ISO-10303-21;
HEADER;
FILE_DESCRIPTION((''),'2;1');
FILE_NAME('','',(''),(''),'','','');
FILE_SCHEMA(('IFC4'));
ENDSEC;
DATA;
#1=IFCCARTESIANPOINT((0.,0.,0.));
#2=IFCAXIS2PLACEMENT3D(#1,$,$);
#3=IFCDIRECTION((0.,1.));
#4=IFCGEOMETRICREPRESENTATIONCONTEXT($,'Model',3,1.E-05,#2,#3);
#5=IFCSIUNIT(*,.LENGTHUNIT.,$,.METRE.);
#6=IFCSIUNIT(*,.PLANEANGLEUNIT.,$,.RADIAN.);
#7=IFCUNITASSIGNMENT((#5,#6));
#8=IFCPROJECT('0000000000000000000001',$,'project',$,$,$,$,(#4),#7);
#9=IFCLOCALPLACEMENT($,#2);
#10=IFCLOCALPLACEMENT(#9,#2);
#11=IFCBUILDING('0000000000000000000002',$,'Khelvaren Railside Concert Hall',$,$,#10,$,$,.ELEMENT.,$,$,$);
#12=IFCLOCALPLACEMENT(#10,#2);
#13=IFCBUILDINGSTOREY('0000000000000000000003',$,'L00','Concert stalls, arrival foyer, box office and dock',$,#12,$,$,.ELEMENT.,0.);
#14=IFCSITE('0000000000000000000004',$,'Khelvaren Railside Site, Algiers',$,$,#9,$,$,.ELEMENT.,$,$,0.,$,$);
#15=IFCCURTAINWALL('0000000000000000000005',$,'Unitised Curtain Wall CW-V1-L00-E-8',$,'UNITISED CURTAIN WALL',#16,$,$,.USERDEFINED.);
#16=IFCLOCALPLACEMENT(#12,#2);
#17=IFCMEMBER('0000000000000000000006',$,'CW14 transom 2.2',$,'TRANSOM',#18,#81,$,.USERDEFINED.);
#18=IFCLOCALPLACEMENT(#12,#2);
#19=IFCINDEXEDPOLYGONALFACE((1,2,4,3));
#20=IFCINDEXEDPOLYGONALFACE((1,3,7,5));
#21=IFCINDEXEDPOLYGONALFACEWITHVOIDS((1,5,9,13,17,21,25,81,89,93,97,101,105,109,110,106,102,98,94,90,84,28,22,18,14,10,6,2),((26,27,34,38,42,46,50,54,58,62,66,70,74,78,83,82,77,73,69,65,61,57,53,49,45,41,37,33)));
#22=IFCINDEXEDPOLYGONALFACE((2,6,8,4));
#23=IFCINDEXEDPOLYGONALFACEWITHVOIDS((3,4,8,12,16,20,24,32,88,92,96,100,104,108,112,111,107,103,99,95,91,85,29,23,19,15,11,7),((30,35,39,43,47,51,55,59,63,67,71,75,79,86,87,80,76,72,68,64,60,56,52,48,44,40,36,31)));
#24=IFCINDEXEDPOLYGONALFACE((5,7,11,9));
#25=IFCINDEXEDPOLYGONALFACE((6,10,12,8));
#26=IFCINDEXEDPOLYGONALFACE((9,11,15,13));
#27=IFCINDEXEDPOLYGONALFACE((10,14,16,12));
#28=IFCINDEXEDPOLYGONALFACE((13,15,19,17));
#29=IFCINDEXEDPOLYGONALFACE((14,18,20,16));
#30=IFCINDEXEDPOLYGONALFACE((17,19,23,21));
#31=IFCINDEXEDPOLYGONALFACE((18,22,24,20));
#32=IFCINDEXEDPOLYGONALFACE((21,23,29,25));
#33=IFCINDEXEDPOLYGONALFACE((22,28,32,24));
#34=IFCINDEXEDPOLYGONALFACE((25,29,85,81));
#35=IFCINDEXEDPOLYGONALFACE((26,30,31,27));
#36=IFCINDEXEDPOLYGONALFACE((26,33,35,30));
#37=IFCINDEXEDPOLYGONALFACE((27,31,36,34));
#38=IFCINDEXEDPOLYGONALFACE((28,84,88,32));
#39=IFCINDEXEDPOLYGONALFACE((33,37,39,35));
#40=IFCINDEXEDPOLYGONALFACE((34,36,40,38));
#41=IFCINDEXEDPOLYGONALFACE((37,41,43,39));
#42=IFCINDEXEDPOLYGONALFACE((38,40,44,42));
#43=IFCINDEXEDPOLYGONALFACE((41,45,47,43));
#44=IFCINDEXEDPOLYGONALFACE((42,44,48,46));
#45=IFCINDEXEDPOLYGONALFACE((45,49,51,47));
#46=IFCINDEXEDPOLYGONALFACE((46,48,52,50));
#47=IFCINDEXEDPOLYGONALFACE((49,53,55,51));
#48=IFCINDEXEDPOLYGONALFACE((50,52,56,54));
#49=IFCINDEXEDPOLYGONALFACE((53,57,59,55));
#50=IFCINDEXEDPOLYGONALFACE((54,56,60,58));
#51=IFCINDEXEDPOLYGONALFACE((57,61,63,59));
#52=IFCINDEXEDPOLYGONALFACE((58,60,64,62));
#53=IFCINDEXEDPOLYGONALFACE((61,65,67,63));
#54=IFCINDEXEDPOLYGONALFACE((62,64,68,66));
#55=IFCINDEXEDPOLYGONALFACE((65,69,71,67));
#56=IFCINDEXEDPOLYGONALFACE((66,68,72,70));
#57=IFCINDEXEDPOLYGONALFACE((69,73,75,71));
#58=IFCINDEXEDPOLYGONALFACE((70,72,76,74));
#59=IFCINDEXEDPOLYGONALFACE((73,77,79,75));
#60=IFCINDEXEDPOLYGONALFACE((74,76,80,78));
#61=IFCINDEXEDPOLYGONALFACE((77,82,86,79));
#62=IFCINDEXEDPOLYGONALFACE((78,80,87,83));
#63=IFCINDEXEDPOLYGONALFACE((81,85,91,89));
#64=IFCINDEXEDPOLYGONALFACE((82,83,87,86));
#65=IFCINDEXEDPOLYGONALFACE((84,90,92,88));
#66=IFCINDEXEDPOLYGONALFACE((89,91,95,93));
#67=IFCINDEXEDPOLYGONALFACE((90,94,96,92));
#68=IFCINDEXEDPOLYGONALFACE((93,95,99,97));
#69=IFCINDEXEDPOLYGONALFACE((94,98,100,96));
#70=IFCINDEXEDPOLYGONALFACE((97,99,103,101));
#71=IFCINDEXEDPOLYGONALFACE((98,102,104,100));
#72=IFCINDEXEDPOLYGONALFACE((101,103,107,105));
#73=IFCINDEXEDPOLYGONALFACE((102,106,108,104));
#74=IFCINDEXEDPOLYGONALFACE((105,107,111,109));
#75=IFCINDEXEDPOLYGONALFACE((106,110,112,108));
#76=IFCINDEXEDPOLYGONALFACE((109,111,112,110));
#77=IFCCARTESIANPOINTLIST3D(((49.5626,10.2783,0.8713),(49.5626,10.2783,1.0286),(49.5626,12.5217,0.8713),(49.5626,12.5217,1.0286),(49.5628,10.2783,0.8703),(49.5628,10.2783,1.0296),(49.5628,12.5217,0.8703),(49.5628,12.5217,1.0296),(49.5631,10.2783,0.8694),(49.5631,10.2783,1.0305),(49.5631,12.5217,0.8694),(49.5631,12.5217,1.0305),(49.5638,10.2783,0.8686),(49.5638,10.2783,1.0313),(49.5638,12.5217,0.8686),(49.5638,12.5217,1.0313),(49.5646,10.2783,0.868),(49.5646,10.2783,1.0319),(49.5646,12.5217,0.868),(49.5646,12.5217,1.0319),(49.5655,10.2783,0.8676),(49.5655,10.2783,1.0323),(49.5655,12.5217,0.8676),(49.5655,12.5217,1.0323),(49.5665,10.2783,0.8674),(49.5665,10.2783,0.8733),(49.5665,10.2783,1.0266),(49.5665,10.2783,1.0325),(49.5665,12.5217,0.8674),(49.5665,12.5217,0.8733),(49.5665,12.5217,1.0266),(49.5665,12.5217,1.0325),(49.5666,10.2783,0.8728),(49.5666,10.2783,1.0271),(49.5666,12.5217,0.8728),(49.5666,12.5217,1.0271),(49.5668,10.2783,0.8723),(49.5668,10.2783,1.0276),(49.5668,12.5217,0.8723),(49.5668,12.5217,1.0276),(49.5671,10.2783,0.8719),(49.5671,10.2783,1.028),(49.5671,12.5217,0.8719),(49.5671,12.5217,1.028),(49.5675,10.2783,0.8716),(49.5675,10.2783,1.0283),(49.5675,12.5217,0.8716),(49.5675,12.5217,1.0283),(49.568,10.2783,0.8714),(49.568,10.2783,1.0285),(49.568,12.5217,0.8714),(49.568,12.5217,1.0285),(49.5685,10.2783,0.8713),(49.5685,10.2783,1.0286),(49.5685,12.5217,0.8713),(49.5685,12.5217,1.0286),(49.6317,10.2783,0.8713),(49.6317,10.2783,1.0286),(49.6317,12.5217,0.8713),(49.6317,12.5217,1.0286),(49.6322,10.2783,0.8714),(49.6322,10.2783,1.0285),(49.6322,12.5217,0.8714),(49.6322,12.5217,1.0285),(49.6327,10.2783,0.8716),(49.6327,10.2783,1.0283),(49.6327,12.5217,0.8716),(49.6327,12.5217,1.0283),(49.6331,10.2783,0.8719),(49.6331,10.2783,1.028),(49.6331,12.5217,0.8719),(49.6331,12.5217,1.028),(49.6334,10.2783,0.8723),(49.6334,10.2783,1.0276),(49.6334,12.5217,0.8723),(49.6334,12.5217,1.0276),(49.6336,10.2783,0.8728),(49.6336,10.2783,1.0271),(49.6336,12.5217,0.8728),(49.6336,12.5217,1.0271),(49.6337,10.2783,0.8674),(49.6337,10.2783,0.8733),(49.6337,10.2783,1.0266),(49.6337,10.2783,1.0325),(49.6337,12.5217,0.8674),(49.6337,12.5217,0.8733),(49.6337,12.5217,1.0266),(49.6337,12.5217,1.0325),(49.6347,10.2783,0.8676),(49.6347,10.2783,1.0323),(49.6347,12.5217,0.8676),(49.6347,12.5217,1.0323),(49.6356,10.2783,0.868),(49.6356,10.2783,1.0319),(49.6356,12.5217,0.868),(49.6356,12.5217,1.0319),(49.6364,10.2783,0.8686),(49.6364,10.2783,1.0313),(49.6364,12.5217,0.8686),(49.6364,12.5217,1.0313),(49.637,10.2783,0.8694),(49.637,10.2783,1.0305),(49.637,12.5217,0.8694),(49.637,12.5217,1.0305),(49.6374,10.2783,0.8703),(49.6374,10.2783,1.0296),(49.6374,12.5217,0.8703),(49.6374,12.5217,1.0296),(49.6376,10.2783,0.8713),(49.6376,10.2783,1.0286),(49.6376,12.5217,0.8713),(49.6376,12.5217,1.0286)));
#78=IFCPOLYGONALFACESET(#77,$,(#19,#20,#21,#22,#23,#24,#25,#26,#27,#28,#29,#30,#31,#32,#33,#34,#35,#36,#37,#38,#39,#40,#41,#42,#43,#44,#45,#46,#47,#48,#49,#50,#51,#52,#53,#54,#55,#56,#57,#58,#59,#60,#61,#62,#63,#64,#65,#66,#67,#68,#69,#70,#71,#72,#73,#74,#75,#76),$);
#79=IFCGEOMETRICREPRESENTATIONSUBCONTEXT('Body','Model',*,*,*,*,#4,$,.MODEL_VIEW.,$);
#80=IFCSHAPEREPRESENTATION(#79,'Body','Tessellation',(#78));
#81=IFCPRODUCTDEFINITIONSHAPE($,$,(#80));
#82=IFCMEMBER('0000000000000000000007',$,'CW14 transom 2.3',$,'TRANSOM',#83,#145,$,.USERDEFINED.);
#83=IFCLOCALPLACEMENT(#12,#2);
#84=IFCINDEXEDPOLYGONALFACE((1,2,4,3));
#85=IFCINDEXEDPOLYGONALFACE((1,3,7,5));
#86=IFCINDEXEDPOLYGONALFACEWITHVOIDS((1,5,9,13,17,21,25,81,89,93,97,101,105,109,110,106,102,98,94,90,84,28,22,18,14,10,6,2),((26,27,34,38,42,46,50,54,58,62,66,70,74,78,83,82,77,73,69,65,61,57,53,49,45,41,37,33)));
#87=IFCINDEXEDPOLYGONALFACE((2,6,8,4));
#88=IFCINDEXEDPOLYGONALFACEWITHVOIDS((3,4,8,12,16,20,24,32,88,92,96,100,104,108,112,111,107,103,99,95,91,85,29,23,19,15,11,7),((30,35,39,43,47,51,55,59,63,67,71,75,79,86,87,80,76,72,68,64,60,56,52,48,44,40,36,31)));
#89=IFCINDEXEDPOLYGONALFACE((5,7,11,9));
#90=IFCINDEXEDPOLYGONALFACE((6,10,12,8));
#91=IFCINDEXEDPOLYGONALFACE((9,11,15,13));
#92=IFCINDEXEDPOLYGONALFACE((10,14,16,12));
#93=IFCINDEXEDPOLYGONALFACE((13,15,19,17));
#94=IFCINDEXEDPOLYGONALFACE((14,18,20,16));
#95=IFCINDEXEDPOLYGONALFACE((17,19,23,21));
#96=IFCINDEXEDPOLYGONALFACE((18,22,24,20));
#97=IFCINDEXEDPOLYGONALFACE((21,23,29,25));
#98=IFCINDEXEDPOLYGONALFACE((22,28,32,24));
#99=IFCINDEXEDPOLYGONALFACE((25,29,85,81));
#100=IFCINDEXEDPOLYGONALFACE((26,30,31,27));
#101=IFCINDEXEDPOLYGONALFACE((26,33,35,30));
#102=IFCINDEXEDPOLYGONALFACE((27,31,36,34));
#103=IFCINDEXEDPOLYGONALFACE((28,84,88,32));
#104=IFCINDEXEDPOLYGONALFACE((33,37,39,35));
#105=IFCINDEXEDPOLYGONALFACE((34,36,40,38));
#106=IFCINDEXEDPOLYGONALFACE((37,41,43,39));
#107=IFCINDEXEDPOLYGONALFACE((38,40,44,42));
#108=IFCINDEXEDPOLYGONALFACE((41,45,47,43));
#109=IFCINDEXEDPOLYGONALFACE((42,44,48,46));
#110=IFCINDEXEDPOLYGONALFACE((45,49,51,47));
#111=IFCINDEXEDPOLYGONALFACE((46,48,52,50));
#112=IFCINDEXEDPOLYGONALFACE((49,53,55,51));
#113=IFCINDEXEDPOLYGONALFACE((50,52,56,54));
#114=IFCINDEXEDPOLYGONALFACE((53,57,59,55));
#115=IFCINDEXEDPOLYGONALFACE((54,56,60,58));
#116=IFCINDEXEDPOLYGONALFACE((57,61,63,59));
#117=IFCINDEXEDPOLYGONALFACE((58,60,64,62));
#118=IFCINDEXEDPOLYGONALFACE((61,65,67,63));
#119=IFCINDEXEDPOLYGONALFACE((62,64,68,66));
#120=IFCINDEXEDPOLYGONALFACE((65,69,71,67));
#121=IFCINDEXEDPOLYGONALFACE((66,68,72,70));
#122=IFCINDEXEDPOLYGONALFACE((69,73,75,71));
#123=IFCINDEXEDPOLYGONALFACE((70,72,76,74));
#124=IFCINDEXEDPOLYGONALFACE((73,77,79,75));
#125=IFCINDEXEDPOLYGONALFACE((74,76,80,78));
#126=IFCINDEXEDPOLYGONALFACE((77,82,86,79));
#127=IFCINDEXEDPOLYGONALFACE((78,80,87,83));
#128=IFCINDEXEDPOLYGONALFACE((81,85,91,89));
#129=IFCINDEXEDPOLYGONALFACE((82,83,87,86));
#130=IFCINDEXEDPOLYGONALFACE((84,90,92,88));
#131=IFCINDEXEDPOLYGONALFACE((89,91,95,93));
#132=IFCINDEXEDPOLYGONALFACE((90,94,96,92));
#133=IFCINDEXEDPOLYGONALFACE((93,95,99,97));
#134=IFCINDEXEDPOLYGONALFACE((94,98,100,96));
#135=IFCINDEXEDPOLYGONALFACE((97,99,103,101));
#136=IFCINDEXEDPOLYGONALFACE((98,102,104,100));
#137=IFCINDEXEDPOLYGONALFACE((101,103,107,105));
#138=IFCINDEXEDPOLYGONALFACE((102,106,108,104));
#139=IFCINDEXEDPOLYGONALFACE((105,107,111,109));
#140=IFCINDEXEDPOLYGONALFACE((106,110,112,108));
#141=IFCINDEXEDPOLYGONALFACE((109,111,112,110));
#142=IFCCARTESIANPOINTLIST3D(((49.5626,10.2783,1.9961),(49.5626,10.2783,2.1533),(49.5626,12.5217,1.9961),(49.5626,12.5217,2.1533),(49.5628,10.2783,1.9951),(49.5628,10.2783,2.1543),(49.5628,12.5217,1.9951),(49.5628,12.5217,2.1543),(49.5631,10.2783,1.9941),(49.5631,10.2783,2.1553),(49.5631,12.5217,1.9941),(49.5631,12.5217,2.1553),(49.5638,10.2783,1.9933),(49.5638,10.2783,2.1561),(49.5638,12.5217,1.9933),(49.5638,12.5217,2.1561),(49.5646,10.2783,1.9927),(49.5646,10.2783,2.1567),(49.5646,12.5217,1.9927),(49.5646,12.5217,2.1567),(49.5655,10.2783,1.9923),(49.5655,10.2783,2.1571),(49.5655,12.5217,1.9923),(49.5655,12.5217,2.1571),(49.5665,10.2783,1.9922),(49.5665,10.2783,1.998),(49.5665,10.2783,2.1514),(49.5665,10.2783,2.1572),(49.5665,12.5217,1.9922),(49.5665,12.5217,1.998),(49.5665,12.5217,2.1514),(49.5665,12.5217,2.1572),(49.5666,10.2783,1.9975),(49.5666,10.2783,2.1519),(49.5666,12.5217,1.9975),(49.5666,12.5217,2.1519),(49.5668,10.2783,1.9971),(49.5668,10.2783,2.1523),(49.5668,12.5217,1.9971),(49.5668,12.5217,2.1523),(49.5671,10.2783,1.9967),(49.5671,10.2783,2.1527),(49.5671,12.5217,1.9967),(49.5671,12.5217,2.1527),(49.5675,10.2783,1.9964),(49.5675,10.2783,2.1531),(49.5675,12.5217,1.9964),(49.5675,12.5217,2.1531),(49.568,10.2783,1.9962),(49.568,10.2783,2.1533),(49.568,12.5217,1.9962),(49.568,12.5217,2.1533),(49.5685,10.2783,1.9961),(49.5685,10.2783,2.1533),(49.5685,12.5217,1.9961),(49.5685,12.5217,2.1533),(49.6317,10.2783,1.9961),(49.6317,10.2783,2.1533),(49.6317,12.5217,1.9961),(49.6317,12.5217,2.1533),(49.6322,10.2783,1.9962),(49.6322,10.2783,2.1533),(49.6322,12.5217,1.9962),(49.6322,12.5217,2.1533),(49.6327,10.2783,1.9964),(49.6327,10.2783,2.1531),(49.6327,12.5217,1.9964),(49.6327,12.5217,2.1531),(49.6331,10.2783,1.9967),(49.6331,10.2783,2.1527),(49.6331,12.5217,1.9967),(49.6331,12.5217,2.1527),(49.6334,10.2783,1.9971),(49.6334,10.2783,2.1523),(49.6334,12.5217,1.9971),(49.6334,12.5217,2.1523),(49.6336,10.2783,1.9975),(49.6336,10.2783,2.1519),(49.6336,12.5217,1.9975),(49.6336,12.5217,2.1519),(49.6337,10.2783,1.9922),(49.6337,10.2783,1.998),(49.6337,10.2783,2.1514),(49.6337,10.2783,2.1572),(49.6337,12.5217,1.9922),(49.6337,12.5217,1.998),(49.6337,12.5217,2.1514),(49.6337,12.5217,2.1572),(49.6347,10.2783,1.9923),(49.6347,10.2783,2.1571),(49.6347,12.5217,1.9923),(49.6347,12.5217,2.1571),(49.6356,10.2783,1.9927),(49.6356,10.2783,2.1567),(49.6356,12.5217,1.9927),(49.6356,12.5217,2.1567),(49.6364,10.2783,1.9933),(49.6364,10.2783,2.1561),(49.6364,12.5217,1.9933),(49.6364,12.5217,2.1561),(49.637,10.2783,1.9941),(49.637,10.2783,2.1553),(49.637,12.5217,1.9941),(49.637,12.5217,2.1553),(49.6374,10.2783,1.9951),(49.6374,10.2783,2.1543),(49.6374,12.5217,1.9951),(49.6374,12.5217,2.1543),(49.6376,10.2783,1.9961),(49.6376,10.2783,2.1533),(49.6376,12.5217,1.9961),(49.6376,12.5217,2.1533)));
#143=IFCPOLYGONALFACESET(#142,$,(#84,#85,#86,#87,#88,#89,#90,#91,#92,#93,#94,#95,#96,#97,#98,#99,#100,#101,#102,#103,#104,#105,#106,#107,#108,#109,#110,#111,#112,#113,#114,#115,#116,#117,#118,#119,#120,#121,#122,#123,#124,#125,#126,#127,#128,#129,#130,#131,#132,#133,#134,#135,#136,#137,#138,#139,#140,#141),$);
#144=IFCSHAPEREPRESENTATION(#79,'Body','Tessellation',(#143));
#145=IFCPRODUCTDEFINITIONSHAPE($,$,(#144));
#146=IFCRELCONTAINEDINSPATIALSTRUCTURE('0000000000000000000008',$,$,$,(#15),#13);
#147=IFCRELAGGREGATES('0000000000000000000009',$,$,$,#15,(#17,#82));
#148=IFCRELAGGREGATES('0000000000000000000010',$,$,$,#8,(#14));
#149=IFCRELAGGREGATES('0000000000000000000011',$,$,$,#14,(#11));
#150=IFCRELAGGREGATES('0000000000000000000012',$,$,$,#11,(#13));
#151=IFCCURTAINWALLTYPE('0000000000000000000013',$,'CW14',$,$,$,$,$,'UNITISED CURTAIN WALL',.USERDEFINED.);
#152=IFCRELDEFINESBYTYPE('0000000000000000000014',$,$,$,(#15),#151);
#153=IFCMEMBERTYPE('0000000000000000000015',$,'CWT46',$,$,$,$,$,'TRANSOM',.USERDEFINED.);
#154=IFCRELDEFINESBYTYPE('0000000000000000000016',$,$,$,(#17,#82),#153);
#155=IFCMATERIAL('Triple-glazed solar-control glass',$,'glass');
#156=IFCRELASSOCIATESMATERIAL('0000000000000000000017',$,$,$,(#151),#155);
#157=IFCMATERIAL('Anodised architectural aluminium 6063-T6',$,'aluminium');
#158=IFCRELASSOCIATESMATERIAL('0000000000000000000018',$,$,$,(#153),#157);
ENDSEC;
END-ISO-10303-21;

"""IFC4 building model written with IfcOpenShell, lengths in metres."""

from ifc_helpers import new_model, si_unit, direction, frame, origin, origin_2d, place, context, subcontext, project, spatial, hollow_rectangle, extrude, material, material_profile, profile_set, type_object, element, aggregate, save


model = new_model("IFC4")

# Units and contexts
model_context = context("Model", 3, precision=1e-05, world=origin(), true_north=direction((0.0, 1.0)))
body_context = subcontext(model_context, "Body", "Model", "MODEL_VIEW")
ifc_project = project(units=[si_unit("LENGTHUNIT", "METRE"), si_unit("PLANEANGLEUNIT", "RADIAN")], contexts=[model_context])

# Site, building, storey
site_placement = place(None, origin())
site = spatial("IfcSite", under=ifc_project, at=site_placement, Name="Khelvaren Railside Site, Algiers", CompositionType="ELEMENT", RefElevation=0.0)
building_placement = place(site_placement, origin())
building = spatial("IfcBuilding", under=site, at=building_placement, Name="Khelvaren Railside Concert Hall", CompositionType="ELEMENT")
storey_placement = place(building_placement, origin())
storey = spatial("IfcBuildingStorey", under=building, at=storey_placement, Name="L00", Description="Concert stalls, arrival foyer, box office and dock", CompositionType="ELEMENT", Elevation=0.0)

# Curtain wall
ifc_material_1 = material(Name="Triple-glazed solar-control glass", Category="glass")
curtain_wall_type_1 = type_object("IfcCurtainWallType", Name="CW14", ElementType="UNITISED CURTAIN WALL", PredefinedType="USERDEFINED", material=ifc_material_1)
curtain_wall_1_placement = place(storey_placement, origin())
curtain_wall_1 = element("IfcCurtainWall", 1, at=curtain_wall_1_placement, inside=storey, type_object=curtain_wall_type_1, Name="Unitised Curtain Wall CW-V1-L00-E-8", ObjectType="UNITISED CURTAIN WALL", PredefinedType="USERDEFINED")
ifc_material_2 = material(Name="Anodised architectural aluminium 6063-T6", Category="aluminium")

# Members
ifc_material_profile_1 = material_profile(ifc_material_2, hollow_rectangle(XDim=0.075, YDim=0.165, WallThickness=0.0039, InnerFilletRadius=0.002, OuterFilletRadius=0.0039, at=origin_2d()), Name="CWT 75x165x4")
ifc_profile_set_1 = profile_set([ifc_material_profile_1], Name="Anodised architectural aluminium 6063-T6")
member_type_1 = type_object("IfcMemberType", Name="CWT46", ElementType="TRANSOM", PredefinedType="USERDEFINED", material=ifc_profile_set_1)
member_1_placement = place(storey_placement, frame((49.6001, 12.5217, 0.95), z_axis=(0.0, -1.0, 0.0), x_axis=(1.0, 0.0, 0.0)))
member_1 = element("IfcMember", 2, at=member_1_placement, type_object=member_type_1, Name="CW14 transom 2.2", ObjectType="TRANSOM", PredefinedType="USERDEFINED", context=body_context, shape_type="SweptSolid", body=[
    extrude(hollow_rectangle(XDim=0.075, YDim=0.165, WallThickness=0.0039, InnerFilletRadius=0.002, OuterFilletRadius=0.0039, at=origin_2d()), origin(), (0.0, 0.0, 1.0), 2.2434),
])
member_2_placement = place(storey_placement, frame((49.6001, 12.5217, 2.0747), z_axis=(0.0, -1.0, 0.0), x_axis=(1.0, 0.0, 0.0)))
member_2 = element("IfcMember", 3, at=member_2_placement, type_object=member_type_1, Name="CW14 transom 2.3", ObjectType="TRANSOM", PredefinedType="USERDEFINED", context=body_context, shape_type="SweptSolid", body=[
    extrude(hollow_rectangle(XDim=0.075, YDim=0.165, WallThickness=0.0039, InnerFilletRadius=0.002, OuterFilletRadius=0.0039, at=origin_2d()), origin(), (0.0, 0.0, 1.0), 2.2434),
])

aggregate(curtain_wall_1, [member_1, member_2])

save(model, "model.ifc")
